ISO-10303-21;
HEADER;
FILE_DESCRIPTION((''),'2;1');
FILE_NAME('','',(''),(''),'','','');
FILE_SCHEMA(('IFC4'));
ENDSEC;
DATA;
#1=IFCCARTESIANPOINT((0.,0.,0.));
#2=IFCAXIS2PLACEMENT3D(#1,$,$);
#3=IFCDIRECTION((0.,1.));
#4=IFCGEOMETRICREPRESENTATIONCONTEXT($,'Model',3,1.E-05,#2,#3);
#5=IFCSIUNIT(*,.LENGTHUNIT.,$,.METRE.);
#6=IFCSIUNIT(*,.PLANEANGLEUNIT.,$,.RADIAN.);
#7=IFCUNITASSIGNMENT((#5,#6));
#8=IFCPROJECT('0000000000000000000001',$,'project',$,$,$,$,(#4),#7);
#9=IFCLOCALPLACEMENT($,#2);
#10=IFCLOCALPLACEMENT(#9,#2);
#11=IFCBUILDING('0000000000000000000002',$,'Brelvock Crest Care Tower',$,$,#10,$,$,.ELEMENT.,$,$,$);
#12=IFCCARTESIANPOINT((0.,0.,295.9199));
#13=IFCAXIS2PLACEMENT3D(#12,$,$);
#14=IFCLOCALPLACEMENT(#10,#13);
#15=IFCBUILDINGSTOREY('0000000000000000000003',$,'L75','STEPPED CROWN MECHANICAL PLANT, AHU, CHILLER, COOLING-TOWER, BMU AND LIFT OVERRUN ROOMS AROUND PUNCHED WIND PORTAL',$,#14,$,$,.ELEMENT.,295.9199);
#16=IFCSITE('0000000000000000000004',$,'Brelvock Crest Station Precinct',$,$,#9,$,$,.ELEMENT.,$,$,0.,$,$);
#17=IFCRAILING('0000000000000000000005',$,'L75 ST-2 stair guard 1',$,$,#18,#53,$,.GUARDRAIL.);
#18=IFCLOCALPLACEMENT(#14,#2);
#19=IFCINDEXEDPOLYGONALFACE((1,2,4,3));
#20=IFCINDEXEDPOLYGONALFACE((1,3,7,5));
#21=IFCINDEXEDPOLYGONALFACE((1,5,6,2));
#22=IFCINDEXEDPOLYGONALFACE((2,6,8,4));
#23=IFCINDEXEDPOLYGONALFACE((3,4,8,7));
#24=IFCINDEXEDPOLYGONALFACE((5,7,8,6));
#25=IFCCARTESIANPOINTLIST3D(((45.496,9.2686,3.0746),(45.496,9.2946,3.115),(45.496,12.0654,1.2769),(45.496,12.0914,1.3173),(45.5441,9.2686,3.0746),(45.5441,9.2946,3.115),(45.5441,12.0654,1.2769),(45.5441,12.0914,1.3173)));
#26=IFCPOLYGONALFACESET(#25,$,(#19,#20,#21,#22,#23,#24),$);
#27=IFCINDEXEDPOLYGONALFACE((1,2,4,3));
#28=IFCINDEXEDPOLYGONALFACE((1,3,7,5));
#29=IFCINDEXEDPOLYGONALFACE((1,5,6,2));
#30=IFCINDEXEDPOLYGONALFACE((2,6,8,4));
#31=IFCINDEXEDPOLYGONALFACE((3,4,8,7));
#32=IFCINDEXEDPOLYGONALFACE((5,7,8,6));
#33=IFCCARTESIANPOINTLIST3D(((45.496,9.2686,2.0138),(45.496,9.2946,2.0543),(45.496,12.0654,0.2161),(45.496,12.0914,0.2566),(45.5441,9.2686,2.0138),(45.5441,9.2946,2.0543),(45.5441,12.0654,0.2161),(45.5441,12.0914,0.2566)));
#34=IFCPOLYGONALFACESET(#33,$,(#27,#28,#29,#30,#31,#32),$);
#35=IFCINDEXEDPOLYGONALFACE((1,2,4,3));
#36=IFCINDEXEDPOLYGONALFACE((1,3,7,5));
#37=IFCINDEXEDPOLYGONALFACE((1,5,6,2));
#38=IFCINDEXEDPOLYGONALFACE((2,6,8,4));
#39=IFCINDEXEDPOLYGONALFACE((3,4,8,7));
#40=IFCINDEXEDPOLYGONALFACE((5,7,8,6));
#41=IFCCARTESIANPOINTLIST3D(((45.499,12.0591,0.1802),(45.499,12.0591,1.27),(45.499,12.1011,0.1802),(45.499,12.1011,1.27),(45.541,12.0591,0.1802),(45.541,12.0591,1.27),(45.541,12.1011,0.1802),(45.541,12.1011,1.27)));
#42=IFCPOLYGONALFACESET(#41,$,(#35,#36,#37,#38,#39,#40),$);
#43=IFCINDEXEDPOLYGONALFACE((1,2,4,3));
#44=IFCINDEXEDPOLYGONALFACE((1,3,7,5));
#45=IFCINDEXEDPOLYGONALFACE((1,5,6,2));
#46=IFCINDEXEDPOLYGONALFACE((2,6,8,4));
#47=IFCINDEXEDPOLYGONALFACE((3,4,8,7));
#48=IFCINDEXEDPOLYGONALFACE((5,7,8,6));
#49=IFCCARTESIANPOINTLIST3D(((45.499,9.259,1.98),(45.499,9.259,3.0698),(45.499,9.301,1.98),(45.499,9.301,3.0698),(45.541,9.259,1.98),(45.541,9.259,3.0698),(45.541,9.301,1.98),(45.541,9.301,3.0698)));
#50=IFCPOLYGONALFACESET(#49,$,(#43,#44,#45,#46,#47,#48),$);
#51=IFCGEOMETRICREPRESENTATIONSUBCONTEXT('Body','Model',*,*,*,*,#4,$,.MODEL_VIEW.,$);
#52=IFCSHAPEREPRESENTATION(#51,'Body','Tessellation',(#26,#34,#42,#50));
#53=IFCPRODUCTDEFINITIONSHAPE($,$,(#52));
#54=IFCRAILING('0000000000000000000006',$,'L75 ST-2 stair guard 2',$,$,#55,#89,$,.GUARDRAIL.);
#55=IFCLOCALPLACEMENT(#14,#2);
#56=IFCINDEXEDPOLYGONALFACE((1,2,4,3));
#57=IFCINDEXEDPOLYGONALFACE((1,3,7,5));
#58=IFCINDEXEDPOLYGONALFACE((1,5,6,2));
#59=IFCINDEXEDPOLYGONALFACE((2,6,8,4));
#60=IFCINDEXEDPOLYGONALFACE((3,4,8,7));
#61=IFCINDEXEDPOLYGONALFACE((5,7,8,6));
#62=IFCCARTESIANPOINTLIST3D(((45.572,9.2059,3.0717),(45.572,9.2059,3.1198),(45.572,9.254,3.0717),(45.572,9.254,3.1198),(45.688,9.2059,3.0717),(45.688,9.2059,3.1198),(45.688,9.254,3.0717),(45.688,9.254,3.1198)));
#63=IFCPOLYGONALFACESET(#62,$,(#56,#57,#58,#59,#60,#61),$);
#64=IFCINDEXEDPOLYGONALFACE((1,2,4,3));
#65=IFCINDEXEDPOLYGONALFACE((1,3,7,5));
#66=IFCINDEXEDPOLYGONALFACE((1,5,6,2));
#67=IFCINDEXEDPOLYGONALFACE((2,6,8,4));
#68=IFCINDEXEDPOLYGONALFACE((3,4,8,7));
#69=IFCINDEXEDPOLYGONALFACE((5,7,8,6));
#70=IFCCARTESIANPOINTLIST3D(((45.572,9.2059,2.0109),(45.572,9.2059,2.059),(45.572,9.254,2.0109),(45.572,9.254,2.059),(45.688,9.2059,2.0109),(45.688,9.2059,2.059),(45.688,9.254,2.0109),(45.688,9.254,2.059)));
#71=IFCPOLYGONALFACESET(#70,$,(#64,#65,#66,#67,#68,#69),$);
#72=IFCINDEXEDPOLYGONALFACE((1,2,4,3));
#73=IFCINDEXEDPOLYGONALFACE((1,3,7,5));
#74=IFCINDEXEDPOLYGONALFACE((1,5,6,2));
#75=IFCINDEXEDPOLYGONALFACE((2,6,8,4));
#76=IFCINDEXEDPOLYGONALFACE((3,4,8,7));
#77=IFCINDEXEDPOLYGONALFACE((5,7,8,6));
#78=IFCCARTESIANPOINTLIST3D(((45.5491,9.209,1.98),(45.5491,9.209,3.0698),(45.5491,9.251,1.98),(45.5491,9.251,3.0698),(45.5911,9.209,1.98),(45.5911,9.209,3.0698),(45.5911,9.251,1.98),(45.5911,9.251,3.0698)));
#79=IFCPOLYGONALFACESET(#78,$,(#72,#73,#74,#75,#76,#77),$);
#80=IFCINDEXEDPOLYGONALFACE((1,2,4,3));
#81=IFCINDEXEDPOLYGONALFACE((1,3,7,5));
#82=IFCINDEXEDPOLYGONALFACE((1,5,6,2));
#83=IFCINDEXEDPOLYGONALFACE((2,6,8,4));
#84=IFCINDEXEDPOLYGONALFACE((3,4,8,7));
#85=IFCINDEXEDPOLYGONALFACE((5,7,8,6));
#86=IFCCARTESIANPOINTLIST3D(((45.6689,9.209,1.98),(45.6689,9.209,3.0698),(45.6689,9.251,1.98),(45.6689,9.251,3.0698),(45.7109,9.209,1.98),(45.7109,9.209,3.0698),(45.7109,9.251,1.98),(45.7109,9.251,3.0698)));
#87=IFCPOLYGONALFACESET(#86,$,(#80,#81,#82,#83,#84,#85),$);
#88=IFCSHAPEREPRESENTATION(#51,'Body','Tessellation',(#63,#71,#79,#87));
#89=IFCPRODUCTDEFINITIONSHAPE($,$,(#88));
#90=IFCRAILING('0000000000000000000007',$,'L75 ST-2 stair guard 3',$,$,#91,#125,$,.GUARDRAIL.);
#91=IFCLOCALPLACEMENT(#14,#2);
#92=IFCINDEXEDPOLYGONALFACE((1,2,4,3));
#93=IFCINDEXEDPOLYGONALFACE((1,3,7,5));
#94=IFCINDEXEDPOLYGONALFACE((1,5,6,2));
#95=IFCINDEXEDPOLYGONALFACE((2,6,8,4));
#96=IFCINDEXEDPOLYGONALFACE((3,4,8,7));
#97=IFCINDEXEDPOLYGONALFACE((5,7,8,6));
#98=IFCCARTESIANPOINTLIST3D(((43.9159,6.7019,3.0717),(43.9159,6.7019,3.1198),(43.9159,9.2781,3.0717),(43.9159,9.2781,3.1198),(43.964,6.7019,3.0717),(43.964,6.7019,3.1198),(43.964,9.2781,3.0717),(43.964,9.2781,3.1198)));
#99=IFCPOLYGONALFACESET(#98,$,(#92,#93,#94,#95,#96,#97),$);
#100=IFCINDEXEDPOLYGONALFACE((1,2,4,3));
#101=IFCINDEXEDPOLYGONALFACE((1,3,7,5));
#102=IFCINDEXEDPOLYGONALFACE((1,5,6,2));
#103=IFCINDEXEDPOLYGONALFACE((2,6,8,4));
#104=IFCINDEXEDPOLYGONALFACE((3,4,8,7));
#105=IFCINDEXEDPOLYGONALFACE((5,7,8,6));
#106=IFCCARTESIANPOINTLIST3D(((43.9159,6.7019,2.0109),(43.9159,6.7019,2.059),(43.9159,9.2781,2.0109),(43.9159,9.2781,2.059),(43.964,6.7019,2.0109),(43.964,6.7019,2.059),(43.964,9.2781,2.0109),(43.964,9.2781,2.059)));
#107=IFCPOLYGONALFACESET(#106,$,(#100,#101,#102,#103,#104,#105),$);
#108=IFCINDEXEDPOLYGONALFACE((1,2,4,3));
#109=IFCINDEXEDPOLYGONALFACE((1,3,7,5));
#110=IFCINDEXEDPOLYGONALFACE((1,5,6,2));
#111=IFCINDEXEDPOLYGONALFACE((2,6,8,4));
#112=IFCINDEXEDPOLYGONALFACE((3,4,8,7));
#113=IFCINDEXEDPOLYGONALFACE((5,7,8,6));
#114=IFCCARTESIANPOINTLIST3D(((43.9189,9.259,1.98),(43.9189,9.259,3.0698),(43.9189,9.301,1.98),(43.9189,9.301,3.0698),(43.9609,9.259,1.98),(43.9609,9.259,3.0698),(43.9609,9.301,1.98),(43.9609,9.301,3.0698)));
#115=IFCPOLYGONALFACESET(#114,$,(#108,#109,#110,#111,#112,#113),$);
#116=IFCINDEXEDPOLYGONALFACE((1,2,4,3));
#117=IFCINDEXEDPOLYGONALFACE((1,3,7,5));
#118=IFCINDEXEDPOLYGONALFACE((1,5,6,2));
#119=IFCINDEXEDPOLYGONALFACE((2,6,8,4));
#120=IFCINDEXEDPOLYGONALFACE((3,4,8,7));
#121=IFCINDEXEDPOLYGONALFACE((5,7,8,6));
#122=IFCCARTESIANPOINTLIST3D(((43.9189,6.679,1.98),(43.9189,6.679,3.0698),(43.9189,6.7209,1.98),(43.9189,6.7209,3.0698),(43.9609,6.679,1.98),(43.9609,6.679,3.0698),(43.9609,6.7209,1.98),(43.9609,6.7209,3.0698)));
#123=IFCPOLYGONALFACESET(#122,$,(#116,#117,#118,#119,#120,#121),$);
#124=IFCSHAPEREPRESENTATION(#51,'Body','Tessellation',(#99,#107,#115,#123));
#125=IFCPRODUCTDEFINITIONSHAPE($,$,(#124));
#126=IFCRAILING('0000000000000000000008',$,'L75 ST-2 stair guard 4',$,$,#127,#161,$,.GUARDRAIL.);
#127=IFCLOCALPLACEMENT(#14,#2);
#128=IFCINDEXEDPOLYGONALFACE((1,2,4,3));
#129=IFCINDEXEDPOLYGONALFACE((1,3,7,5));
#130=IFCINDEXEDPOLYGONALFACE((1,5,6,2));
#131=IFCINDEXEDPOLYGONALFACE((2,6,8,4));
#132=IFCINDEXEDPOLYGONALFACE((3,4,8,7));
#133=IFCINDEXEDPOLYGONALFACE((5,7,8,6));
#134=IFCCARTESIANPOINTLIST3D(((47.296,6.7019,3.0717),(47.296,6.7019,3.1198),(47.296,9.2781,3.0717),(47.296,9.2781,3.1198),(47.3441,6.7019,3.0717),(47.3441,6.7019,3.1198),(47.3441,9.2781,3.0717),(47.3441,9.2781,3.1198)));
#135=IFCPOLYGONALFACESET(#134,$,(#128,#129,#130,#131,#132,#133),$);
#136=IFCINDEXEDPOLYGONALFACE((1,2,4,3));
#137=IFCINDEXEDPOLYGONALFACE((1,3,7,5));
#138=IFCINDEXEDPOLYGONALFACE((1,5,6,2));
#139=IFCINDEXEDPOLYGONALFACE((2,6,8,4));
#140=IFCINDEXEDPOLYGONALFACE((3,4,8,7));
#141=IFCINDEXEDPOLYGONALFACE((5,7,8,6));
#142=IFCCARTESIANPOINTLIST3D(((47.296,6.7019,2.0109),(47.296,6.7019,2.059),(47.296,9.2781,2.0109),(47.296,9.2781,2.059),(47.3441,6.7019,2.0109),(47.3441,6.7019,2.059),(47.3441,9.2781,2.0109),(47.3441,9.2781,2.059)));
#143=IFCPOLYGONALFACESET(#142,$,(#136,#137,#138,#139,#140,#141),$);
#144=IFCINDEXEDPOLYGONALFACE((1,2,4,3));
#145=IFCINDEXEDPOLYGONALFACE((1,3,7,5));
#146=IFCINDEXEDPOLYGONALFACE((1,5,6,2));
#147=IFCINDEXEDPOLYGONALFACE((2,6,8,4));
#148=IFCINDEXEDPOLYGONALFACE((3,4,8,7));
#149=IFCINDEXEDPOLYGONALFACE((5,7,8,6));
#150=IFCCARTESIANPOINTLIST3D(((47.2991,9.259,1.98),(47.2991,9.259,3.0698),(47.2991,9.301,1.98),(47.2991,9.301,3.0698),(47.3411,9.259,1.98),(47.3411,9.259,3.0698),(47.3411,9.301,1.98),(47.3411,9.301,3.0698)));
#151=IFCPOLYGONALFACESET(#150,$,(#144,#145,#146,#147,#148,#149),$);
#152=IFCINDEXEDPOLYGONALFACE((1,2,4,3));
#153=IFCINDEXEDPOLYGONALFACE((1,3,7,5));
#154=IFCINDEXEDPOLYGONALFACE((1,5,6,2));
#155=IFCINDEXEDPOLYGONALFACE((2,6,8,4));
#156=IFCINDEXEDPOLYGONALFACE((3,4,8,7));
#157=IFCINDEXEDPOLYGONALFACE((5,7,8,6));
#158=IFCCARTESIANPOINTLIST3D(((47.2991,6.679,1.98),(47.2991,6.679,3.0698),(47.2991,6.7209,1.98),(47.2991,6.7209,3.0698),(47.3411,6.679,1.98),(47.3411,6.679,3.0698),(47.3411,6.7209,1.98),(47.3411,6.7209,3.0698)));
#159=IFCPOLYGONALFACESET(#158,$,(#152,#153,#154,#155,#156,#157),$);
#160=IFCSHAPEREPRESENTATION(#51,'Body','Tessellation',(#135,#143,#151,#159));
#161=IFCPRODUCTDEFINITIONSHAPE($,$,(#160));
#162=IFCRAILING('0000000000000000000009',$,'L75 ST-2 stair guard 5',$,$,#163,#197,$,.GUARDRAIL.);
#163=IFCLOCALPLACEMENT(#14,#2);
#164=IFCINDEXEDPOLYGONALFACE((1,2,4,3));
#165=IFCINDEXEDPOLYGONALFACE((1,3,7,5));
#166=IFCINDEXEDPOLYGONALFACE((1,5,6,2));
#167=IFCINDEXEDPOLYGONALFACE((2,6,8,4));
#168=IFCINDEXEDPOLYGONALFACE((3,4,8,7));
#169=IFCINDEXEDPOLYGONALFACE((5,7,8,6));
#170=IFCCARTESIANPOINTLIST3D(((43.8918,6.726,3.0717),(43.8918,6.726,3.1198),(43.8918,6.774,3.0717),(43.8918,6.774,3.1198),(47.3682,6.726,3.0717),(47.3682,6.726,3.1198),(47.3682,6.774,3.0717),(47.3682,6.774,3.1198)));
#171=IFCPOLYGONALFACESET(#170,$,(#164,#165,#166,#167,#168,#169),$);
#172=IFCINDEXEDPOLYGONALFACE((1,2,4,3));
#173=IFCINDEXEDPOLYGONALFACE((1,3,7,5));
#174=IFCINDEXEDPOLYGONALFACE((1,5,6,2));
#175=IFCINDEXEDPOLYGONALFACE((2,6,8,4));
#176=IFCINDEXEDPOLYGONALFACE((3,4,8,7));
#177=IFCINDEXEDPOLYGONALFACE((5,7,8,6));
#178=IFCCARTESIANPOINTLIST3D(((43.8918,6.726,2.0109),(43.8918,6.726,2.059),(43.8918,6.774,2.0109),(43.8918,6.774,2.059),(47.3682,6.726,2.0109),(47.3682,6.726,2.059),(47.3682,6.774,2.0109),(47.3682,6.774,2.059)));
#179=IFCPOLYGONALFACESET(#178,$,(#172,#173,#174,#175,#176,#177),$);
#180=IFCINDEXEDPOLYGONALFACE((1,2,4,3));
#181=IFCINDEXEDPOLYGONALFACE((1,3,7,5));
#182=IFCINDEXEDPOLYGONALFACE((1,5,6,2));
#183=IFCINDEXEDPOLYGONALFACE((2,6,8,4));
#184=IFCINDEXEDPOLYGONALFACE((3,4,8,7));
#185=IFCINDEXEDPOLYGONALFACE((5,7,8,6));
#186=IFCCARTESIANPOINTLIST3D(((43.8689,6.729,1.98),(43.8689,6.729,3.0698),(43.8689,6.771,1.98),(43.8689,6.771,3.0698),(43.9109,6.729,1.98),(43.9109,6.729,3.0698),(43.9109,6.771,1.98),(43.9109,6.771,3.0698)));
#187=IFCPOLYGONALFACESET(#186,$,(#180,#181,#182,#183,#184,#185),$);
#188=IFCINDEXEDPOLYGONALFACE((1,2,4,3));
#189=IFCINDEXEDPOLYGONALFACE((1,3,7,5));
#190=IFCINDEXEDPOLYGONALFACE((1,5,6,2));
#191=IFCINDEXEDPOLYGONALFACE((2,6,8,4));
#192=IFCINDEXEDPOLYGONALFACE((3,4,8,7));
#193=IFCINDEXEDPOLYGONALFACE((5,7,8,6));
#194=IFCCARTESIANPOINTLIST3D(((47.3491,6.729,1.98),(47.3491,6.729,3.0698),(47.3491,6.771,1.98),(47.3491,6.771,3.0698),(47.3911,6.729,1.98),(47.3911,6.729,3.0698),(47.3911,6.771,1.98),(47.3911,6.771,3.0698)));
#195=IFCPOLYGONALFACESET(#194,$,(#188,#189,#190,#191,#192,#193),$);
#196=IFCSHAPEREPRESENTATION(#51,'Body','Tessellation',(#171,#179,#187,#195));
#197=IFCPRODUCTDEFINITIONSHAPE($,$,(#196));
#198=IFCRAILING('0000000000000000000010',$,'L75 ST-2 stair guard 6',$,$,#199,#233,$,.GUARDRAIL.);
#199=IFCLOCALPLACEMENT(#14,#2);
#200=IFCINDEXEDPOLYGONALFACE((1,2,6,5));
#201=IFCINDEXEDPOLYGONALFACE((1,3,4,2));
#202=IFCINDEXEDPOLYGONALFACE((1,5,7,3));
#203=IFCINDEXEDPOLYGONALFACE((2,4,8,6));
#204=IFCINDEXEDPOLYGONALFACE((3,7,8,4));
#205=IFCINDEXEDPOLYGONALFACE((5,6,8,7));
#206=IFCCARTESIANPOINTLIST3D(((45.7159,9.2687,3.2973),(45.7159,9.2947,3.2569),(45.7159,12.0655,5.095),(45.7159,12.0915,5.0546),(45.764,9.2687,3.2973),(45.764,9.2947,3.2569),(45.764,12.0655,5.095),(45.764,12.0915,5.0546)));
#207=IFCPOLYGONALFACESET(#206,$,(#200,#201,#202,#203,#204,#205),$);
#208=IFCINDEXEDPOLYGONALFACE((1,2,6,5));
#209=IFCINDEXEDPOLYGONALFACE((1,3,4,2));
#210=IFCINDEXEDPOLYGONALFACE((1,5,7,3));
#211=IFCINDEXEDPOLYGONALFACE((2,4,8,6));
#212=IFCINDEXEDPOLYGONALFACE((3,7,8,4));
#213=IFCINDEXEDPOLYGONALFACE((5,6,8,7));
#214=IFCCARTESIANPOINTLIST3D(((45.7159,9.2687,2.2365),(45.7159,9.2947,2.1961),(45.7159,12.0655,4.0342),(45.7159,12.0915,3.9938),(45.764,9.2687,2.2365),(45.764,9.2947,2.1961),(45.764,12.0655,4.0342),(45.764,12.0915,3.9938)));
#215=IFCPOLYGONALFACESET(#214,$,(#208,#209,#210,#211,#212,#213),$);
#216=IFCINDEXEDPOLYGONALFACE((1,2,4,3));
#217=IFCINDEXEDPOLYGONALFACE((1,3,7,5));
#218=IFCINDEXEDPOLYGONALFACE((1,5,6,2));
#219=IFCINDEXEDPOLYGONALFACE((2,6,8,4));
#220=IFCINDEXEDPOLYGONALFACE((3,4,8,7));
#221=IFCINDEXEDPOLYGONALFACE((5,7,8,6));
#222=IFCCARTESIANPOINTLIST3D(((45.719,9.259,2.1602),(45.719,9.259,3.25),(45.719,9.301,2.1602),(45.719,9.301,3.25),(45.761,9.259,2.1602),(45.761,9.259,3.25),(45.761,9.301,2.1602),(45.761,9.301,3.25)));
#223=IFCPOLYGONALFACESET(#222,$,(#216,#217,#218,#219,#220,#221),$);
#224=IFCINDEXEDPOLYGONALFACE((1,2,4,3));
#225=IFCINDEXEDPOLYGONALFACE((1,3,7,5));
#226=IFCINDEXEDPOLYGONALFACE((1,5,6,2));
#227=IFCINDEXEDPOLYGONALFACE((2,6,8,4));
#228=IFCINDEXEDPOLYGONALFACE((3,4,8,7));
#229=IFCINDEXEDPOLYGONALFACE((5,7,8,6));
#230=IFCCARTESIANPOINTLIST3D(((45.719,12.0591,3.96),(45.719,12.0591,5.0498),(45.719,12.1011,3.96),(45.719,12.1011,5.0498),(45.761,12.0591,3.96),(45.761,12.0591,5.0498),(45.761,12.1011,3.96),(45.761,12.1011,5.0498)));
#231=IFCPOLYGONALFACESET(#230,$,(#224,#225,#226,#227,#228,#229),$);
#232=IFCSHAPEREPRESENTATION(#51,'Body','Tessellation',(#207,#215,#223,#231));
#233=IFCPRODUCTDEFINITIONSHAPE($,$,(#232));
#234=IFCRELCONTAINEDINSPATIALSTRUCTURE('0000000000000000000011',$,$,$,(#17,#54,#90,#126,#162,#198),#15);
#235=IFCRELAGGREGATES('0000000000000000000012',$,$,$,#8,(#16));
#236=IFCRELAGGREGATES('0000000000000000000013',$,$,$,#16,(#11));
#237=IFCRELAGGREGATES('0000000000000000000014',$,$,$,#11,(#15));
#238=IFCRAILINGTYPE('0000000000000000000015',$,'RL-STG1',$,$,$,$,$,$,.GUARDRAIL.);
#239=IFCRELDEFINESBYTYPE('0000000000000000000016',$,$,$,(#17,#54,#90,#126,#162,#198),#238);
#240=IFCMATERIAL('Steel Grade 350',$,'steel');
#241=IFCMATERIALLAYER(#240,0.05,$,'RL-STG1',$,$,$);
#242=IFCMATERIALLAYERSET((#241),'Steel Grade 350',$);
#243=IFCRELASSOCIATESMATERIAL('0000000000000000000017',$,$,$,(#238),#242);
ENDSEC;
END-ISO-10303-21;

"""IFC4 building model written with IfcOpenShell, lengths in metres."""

from ifc_helpers import new_model, si_unit, direction, frame, origin, origin_2d, place, context, subcontext, project, spatial, rectangle, extrude, material, layer, layer_set, type_object, element, save


model = new_model("IFC4")

# Units and contexts
model_context = context("Model", 3, precision=1e-05, world=origin(), true_north=direction((0.0, 1.0)))
body_context = subcontext(model_context, "Body", "Model", "MODEL_VIEW")
ifc_project = project(units=[si_unit("LENGTHUNIT", "METRE"), si_unit("PLANEANGLEUNIT", "RADIAN")], contexts=[model_context])

# Site, building, storey
site_placement = place(None, origin())
site = spatial("IfcSite", under=ifc_project, at=site_placement, Name="Brelvock Crest Station Precinct", CompositionType="ELEMENT", RefElevation=0.0)
building_placement = place(site_placement, origin())
building = spatial("IfcBuilding", under=site, at=building_placement, Name="Brelvock Crest Care Tower", CompositionType="ELEMENT")
storey_placement = place(building_placement, frame((0.0, 0.0, 295.9199)))
storey = spatial("IfcBuildingStorey", under=building, at=storey_placement, Name="L75", Description="STEPPED CROWN MECHANICAL PLANT, AHU, CHILLER, COOLING-TOWER, BMU AND LIFT OVERRUN ROOMS AROUND PUNCHED WIND PORTAL", CompositionType="ELEMENT", Elevation=295.9199)

# Shared definitions
ifc_material_1 = material(Name="Steel Grade 350", Category="steel")

# Railings
ifc_layer_1 = layer(ifc_material_1, 0.05, Name="RL-STG1")
ifc_layer_set_1 = layer_set([ifc_layer_1], Name="Steel Grade 350")
railing_type_1 = type_object("IfcRailingType", Name="RL-STG1", PredefinedType="GUARDRAIL", material=ifc_layer_set_1)
railing_1_placement = place(storey_placement, frame((45.52, 12.0801, 0.1802)))
element("IfcRailing", 1, at=railing_1_placement, inside=storey, type_object=railing_type_1, Name="L75 ST-2 stair guard 1", PredefinedType="GUARDRAIL", context=body_context, shape_type="SweptSolid", body=[
    extrude(rectangle(XDim=0.0481, YDim=0.0481, at=origin_2d()), frame((0.0, -0.0017, 1.1169), z_axis=(0.0, -0.841209, 0.540709), x_axis=(1.0, 0.0, 0.0)), (0.0, 0.0, 1.0), 3.3247),
    extrude(rectangle(XDim=0.0481, YDim=0.0481, at=origin_2d()), frame((0.0, -0.0017, 0.0562), z_axis=(0.0, -0.841209, 0.540709), x_axis=(1.0, 0.0, 0.0)), (0.0, 0.0, 1.0), 3.3247),
    extrude(rectangle(XDim=0.042, YDim=0.042, at=origin_2d()), origin(), (0.0, 0.0, 1.0), 1.0898),
    extrude(rectangle(XDim=0.042, YDim=0.042, at=origin_2d()), frame((0.0, -2.8, 1.7998)), (0.0, 0.0, 1.0), 1.0898),
])
railing_2_placement = place(storey_placement, frame((45.5701, 9.23, 1.98)))
element("IfcRailing", 2, at=railing_2_placement, inside=storey, type_object=railing_type_1, Name="L75 ST-2 stair guard 2", PredefinedType="GUARDRAIL", context=body_context, shape_type="SweptSolid", body=[
    extrude(rectangle(XDim=0.0481, YDim=0.0481, at=origin_2d()), frame((0.002, 0.0, 1.1157), z_axis=(1.0, 0.0, 0.0), x_axis=(0.0, 1.0, 0.0)), (0.0, 0.0, 1.0), 0.116),
    extrude(rectangle(XDim=0.0481, YDim=0.0481, at=origin_2d()), frame((0.002, 0.0, 0.0549), z_axis=(1.0, 0.0, 0.0), x_axis=(0.0, 1.0, 0.0)), (0.0, 0.0, 1.0), 0.116),
    extrude(rectangle(XDim=0.042, YDim=0.042, at=origin_2d()), origin(), (0.0, 0.0, 1.0), 1.0898),
    extrude(rectangle(XDim=0.042, YDim=0.042, at=origin_2d()), frame((0.1199, 0.0, 0.0)), (0.0, 0.0, 1.0), 1.0898),
])
for number, where, name in (
    (3, (43.9399, 9.28, 1.98), "L75 ST-2 stair guard 3"),
    (4, (47.3201, 9.28, 1.98), "L75 ST-2 stair guard 4"),
):
    element("IfcRailing", number, at=place(storey_placement, frame(where)), inside=storey, type_object=railing_type_1, Name=name, PredefinedType="GUARDRAIL", context=body_context, shape_type="SweptSolid", body=[
        extrude(rectangle(XDim=0.0481, YDim=0.0481, at=origin_2d()), frame((0.0, -0.002, 1.1157), z_axis=(0.0, -1.0, 0.0), x_axis=(1.0, 0.0, 0.0)), (0.0, 0.0, 1.0), 2.5762),
        extrude(rectangle(XDim=0.0481, YDim=0.0481, at=origin_2d()), frame((0.0, -0.002, 0.0549), z_axis=(0.0, -1.0, 0.0), x_axis=(1.0, 0.0, 0.0)), (0.0, 0.0, 1.0), 2.5762),
        extrude(rectangle(XDim=0.042, YDim=0.042, at=origin_2d()), origin(), (0.0, 0.0, 1.0), 1.0898),
        extrude(rectangle(XDim=0.042, YDim=0.042, at=origin_2d()), frame((0.0, -2.5801, 0.0)), (0.0, 0.0, 1.0), 1.0898),
    ])
railing_3_placement = place(storey_placement, frame((43.8899, 6.75, 1.98)))
element("IfcRailing", 5, at=railing_3_placement, inside=storey, type_object=railing_type_1, Name="L75 ST-2 stair guard 5", PredefinedType="GUARDRAIL", context=body_context, shape_type="SweptSolid", body=[
    extrude(rectangle(XDim=0.0481, YDim=0.0481, at=origin_2d()), frame((0.002, 0.0, 1.1157), z_axis=(1.0, 0.0, 0.0), x_axis=(0.0, 1.0, 0.0)), (0.0, 0.0, 1.0), 3.4763),
    extrude(rectangle(XDim=0.0481, YDim=0.0481, at=origin_2d()), frame((0.002, 0.0, 0.0549), z_axis=(1.0, 0.0, 0.0), x_axis=(0.0, 1.0, 0.0)), (0.0, 0.0, 1.0), 3.4763),
    extrude(rectangle(XDim=0.042, YDim=0.042, at=origin_2d()), origin(), (0.0, 0.0, 1.0), 1.0898),
    extrude(rectangle(XDim=0.042, YDim=0.042, at=origin_2d()), frame((3.4802, 0.0, 0.0)), (0.0, 0.0, 1.0), 1.0898),
])
railing_4_placement = place(storey_placement, frame((45.74, 9.28, 2.1602)))
element("IfcRailing", 6, at=railing_4_placement, inside=storey, type_object=railing_type_1, Name="L75 ST-2 stair guard 6", PredefinedType="GUARDRAIL", context=body_context, shape_type="SweptSolid", body=[
    extrude(rectangle(XDim=0.0481, YDim=0.0481, at=origin_2d()), frame((0.0, 0.0017, 1.1169), z_axis=(0.0, 0.841209, 0.540709), x_axis=(-1.0, 0.0, 0.0)), (0.0, 0.0, 1.0), 3.3247),
    extrude(rectangle(XDim=0.0481, YDim=0.0481, at=origin_2d()), frame((0.0, 0.0017, 0.0562), z_axis=(0.0, 0.841209, 0.540709), x_axis=(-1.0, 0.0, 0.0)), (0.0, 0.0, 1.0), 3.3247),
    extrude(rectangle(XDim=0.042, YDim=0.042, at=origin_2d()), origin(), (0.0, 0.0, 1.0), 1.0898),
    extrude(rectangle(XDim=0.042, YDim=0.042, at=origin_2d()), frame((0.0, 2.8, 1.7998)), (0.0, 0.0, 1.0), 1.0898),
])

save(model, "model.ifc")
